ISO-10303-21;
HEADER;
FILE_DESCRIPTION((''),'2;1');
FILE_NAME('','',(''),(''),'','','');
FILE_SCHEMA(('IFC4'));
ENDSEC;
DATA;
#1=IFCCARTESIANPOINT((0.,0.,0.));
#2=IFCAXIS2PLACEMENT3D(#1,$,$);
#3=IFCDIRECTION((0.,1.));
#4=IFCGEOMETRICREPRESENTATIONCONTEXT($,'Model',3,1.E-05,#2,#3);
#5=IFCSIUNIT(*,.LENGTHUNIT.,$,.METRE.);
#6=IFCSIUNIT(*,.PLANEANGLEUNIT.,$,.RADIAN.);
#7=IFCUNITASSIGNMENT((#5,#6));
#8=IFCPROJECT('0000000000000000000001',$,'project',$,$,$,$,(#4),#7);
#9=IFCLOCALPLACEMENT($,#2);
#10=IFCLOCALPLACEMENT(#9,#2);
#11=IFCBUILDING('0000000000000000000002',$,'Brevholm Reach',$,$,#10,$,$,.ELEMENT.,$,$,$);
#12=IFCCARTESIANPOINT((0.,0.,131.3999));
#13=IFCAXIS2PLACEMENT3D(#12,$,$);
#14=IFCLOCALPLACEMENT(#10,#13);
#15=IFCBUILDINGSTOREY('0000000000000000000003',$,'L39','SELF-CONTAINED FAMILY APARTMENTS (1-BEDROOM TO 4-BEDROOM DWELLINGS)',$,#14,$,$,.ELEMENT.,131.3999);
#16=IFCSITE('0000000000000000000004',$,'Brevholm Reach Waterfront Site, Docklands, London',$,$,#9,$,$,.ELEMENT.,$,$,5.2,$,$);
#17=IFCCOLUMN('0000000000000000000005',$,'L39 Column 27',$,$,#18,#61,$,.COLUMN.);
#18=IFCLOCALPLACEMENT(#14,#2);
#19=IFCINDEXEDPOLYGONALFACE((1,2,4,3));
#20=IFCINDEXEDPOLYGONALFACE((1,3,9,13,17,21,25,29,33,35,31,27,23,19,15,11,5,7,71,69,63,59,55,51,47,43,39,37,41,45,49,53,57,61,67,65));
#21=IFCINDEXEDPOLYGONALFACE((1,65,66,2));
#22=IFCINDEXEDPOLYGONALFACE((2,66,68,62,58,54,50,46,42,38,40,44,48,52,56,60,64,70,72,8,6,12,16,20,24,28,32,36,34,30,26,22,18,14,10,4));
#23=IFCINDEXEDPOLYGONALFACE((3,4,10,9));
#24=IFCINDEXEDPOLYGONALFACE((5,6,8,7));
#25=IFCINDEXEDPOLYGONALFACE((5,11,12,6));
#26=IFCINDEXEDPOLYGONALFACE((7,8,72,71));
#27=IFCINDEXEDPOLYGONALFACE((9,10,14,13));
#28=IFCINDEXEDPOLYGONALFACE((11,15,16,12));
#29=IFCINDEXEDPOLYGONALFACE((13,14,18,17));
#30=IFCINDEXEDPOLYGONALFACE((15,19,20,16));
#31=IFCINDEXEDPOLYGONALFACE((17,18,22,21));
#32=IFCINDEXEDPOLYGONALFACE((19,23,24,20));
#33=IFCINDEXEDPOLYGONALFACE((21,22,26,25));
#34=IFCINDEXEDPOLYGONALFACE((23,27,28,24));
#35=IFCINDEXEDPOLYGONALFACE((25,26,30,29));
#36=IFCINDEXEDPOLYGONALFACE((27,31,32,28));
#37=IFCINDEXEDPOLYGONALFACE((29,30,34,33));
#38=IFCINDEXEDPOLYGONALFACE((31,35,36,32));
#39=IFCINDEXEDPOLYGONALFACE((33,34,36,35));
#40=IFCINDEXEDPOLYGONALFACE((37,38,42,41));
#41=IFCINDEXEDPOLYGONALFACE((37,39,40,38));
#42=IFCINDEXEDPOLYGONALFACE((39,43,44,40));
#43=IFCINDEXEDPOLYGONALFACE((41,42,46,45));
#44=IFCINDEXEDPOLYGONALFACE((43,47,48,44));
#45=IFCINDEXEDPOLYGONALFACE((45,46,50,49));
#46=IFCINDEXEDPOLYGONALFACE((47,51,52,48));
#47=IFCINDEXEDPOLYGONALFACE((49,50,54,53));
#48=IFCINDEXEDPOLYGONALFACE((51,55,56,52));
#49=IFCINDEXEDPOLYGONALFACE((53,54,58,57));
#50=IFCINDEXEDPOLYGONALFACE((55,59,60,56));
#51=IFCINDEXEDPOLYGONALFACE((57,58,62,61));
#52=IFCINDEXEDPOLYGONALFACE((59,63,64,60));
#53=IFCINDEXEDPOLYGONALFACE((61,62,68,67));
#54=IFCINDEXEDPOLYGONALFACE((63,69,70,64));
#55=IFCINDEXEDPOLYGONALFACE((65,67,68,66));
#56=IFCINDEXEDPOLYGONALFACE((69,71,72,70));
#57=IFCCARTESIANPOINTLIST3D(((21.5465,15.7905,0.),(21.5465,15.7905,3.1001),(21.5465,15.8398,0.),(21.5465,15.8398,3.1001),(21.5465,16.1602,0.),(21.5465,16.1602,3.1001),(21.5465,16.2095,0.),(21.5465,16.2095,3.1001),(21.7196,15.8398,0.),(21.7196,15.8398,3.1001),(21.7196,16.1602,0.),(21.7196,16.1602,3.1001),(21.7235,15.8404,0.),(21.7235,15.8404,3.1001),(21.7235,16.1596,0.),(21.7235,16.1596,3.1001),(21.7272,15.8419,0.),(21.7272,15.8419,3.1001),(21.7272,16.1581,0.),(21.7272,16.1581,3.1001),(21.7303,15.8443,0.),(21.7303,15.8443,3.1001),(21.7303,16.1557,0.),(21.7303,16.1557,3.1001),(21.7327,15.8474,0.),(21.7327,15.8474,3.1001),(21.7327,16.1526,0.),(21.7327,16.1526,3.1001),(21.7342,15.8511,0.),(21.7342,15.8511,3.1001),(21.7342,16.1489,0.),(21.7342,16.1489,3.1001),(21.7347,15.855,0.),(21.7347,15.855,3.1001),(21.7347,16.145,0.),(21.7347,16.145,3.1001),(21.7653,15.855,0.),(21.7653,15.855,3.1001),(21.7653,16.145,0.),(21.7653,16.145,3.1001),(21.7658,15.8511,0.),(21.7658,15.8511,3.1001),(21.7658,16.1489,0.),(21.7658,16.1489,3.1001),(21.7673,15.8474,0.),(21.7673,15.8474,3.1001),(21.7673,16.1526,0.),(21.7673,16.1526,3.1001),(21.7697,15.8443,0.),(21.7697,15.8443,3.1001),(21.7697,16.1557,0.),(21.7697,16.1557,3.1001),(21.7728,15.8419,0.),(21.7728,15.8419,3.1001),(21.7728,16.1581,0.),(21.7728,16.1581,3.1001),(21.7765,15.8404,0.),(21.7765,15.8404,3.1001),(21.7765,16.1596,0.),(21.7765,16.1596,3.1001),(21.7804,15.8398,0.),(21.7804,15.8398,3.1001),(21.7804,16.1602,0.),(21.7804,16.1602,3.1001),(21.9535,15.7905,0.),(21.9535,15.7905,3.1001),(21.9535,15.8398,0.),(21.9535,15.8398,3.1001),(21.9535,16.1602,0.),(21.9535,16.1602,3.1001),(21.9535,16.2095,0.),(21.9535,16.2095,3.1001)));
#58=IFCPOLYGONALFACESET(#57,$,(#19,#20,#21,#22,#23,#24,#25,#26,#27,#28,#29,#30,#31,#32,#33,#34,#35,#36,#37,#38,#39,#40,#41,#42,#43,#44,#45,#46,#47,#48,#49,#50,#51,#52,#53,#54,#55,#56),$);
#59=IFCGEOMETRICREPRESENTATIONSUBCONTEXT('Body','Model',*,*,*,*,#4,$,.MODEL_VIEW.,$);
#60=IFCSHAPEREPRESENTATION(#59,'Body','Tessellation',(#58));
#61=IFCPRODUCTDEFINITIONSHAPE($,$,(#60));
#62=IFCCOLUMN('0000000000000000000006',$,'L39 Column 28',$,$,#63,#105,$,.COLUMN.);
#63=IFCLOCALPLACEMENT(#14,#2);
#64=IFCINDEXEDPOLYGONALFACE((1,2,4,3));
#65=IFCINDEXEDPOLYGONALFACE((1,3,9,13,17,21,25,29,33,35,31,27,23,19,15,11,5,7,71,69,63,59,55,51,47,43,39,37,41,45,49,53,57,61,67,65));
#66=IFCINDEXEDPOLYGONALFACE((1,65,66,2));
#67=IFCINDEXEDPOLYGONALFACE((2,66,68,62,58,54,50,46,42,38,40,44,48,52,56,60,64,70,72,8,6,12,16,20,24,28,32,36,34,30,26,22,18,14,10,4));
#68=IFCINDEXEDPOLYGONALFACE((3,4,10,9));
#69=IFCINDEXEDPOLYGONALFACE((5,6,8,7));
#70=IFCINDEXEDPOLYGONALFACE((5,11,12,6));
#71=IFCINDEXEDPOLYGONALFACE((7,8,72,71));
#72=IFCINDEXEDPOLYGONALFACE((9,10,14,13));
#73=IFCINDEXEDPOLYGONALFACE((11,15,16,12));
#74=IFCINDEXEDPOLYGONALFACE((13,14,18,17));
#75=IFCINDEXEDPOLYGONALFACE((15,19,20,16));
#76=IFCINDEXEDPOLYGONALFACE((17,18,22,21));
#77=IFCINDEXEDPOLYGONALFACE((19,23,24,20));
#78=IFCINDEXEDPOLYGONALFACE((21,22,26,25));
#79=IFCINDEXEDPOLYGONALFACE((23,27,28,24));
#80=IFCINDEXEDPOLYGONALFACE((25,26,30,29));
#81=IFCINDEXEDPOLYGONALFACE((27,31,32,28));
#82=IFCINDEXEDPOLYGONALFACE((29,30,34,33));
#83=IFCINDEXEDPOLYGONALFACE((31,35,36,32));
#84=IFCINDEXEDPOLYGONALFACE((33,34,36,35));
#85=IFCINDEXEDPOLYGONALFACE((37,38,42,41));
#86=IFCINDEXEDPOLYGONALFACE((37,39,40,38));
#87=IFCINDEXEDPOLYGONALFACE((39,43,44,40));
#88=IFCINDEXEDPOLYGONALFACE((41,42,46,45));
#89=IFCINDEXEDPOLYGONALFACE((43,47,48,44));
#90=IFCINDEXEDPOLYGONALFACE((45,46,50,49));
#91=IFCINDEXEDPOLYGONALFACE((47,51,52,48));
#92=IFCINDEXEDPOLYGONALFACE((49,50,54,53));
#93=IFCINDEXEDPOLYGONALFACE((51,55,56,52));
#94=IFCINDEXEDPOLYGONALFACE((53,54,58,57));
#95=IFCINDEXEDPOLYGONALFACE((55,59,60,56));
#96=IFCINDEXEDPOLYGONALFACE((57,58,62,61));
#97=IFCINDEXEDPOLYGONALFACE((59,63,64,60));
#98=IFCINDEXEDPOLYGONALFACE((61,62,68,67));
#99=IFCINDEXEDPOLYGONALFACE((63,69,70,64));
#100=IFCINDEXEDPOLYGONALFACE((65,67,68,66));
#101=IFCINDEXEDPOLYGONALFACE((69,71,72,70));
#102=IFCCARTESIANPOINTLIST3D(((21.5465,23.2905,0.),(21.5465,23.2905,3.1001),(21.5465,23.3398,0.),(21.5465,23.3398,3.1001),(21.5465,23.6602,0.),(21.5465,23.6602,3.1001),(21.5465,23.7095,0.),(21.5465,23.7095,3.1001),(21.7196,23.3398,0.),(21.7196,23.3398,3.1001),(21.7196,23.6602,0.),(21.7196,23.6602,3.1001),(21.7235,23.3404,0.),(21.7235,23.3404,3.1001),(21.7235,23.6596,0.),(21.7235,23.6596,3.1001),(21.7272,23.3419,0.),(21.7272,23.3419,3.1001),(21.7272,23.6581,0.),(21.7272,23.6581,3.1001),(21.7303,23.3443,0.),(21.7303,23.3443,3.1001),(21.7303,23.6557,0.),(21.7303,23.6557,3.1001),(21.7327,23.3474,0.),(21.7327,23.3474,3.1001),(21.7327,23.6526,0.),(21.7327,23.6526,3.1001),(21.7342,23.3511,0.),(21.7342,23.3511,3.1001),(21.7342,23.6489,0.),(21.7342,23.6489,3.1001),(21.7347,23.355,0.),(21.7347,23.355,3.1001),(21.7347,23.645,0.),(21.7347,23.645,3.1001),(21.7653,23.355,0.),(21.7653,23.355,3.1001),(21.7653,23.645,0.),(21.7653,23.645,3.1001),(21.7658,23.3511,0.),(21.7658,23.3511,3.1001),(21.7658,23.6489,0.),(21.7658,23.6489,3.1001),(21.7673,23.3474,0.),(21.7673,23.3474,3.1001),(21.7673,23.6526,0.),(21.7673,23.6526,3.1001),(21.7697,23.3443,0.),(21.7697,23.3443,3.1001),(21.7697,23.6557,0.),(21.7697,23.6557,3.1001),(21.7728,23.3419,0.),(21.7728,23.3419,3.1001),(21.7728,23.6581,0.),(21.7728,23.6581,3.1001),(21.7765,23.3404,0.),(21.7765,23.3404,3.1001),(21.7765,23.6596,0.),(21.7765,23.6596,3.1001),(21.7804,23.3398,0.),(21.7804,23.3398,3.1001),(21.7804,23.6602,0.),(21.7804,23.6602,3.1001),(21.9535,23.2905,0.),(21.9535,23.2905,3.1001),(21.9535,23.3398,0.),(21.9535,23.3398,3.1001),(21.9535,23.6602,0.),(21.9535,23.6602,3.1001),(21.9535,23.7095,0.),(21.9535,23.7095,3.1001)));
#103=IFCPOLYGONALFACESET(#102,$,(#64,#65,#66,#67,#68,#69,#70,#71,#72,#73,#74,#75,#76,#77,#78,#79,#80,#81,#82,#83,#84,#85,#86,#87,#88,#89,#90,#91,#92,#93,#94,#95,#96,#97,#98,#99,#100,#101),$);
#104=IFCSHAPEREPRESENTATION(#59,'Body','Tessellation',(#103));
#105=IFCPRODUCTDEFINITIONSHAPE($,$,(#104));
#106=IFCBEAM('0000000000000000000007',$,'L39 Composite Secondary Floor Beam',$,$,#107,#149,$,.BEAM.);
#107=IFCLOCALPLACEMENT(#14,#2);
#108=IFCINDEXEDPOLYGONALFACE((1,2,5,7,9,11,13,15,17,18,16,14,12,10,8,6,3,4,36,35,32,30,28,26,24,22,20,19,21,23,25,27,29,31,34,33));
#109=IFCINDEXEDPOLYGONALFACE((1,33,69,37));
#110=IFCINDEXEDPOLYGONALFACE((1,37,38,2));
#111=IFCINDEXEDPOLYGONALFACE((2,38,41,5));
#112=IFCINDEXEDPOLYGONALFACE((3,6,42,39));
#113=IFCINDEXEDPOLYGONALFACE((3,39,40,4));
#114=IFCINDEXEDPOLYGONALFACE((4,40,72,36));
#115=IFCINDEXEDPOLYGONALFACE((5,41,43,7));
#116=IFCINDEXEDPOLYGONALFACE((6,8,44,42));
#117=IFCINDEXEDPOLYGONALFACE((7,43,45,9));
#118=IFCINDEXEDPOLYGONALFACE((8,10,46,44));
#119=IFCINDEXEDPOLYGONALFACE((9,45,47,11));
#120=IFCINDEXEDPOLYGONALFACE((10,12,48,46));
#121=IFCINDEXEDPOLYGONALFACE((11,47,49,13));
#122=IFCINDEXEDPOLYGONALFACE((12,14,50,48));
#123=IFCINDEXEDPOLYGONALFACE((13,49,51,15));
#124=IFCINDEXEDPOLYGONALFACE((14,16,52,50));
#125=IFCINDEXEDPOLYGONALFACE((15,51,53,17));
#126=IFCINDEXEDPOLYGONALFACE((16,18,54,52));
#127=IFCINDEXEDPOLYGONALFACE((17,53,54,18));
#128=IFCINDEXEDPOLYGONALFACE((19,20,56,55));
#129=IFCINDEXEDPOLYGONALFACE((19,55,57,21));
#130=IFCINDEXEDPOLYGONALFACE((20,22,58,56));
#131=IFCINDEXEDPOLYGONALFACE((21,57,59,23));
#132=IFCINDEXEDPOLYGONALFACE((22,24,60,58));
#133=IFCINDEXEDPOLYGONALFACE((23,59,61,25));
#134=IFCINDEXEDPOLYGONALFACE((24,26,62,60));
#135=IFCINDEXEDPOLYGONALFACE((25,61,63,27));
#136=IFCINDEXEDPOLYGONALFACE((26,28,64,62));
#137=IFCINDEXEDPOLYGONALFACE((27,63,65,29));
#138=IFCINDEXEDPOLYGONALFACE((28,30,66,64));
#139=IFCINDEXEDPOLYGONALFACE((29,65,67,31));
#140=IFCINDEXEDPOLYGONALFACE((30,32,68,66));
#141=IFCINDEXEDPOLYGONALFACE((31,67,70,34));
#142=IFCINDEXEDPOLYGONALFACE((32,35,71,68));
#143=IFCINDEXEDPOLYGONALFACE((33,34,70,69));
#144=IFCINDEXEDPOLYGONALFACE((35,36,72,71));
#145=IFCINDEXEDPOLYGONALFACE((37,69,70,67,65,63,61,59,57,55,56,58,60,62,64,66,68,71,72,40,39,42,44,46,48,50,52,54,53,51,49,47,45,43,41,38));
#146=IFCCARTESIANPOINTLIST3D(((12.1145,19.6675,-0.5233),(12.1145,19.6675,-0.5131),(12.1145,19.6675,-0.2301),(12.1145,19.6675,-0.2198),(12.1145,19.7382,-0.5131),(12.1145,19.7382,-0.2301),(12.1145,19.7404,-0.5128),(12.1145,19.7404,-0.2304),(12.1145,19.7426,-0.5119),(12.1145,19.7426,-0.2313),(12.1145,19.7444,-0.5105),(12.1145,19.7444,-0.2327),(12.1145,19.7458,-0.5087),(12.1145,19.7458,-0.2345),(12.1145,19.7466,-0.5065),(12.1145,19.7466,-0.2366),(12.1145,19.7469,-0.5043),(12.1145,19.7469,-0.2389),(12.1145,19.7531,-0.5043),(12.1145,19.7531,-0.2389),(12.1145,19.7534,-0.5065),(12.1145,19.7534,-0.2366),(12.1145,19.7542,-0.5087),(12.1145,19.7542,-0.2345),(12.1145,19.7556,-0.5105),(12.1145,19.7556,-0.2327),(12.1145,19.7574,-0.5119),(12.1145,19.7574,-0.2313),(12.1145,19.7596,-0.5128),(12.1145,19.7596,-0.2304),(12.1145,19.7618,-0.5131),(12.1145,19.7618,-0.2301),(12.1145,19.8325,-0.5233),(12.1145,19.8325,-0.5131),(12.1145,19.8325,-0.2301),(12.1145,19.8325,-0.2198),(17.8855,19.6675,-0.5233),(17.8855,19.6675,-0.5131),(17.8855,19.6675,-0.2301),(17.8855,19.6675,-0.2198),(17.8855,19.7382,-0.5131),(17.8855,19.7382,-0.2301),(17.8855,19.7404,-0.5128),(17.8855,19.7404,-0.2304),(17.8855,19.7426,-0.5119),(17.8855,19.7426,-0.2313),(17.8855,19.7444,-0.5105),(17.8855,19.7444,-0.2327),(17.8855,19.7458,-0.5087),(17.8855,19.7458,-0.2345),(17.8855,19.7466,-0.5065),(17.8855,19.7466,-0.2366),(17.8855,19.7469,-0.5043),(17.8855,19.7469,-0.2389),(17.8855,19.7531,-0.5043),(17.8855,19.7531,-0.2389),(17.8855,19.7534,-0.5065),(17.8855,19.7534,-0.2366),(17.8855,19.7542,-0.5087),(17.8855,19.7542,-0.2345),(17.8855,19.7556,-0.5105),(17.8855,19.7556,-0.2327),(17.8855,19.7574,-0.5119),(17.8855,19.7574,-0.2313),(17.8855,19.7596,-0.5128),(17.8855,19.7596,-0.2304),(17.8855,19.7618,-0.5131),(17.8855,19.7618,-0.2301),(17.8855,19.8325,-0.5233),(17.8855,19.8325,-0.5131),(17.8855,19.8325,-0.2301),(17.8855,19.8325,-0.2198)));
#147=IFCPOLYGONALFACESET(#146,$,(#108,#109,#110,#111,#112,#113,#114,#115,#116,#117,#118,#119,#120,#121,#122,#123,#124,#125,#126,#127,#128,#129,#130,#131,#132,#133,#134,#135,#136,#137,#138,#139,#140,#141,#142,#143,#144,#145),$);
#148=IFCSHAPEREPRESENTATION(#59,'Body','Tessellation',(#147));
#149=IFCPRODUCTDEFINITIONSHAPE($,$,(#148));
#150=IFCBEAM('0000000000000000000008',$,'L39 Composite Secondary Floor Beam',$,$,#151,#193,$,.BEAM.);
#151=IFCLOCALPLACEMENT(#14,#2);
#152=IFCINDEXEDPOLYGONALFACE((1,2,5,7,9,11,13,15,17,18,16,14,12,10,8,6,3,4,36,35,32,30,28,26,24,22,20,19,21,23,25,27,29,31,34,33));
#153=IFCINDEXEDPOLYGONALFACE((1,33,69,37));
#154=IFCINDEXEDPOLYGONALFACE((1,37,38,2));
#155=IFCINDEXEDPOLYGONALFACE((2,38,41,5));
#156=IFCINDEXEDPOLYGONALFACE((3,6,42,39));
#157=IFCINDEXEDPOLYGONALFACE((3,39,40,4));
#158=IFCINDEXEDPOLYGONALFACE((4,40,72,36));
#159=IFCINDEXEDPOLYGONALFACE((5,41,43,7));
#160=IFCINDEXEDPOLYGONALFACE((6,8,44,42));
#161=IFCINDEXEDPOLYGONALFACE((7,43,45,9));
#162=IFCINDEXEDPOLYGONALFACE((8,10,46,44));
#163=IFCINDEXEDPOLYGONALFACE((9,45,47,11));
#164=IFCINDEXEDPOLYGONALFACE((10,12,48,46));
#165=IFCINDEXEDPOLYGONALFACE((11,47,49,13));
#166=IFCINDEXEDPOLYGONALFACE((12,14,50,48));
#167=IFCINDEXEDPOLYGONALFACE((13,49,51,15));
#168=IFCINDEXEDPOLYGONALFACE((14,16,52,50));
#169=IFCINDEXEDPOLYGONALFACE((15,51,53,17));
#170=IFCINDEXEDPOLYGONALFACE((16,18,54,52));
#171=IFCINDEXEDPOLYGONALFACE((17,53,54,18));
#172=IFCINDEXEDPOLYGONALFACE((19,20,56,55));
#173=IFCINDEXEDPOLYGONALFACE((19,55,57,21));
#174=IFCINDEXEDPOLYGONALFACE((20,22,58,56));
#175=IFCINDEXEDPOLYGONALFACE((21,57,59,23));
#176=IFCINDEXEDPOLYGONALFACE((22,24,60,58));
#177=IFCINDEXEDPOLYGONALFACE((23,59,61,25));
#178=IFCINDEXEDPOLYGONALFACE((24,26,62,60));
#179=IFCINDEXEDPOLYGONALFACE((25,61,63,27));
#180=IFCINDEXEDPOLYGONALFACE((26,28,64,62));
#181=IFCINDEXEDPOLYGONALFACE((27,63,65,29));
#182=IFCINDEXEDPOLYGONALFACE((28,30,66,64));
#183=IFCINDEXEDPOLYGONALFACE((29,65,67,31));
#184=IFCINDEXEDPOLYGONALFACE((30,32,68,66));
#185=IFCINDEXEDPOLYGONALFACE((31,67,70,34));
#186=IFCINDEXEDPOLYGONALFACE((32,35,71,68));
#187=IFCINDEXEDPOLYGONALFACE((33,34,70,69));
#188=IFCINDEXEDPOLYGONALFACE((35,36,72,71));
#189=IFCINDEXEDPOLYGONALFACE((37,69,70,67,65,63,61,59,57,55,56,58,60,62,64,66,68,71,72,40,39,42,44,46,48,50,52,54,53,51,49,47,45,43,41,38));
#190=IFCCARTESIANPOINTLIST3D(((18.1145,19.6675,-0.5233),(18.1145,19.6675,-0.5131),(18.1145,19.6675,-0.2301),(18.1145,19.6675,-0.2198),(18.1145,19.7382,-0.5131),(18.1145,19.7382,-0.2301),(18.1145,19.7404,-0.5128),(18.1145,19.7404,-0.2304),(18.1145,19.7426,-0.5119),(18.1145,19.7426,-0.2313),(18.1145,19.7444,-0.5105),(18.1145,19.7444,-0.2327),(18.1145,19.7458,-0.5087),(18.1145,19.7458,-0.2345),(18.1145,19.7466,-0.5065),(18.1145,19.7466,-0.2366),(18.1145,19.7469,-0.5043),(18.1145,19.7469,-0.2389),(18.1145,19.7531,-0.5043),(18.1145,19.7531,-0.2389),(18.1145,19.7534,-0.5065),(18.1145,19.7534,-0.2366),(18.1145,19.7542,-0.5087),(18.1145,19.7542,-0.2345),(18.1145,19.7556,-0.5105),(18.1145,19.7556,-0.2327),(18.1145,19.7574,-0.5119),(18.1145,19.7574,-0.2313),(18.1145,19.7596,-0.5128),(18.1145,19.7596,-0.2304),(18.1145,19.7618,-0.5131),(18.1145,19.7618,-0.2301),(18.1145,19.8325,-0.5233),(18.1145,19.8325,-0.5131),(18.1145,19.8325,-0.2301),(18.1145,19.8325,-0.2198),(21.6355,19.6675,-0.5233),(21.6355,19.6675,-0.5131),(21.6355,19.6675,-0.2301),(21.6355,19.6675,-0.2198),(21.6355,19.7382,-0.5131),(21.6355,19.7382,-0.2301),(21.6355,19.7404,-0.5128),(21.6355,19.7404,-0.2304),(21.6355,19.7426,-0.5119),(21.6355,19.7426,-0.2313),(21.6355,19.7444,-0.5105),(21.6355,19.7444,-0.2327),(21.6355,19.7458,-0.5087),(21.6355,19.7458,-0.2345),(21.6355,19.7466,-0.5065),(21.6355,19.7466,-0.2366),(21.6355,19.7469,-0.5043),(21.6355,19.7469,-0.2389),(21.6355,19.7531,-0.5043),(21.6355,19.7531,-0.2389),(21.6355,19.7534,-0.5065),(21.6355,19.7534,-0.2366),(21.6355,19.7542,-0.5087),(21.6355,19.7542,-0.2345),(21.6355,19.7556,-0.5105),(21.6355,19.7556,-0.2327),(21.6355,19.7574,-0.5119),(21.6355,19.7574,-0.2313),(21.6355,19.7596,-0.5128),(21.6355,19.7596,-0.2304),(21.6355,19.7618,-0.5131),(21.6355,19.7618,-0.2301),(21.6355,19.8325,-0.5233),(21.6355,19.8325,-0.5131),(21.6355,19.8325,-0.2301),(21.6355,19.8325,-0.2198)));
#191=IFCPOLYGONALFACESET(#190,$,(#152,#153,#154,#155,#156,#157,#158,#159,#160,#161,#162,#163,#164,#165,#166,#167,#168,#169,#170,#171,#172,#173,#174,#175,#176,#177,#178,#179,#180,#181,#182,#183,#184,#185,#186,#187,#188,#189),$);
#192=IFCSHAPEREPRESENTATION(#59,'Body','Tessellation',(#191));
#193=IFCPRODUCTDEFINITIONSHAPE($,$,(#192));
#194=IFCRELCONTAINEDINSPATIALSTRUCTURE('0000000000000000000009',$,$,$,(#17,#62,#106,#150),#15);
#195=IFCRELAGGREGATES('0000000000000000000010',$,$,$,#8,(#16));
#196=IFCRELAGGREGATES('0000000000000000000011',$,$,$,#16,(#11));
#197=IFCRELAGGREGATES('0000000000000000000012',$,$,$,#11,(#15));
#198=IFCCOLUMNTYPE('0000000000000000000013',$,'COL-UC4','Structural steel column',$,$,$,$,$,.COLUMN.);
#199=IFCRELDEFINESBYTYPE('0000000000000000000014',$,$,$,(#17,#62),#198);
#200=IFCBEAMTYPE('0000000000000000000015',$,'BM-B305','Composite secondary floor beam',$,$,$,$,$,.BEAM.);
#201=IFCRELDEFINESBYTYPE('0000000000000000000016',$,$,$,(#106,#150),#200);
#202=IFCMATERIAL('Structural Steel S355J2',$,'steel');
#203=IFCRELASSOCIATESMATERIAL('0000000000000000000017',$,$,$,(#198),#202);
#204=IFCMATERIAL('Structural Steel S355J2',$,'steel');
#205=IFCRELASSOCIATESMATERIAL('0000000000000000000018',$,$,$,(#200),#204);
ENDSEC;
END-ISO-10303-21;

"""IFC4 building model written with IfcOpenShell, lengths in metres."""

from ifc_helpers import new_model, si_unit, direction, frame, origin, origin_2d, place, context, subcontext, project, spatial, i_section, extrude, material, material_profile, profile_set, type_object, element, save


model = new_model("IFC4")

# Units and contexts
model_context = context("Model", 3, precision=1e-05, world=origin(), true_north=direction((0.0, 1.0)))
body_context = subcontext(model_context, "Body", "Model", "MODEL_VIEW")
ifc_project = project(units=[si_unit("LENGTHUNIT", "METRE"), si_unit("PLANEANGLEUNIT", "RADIAN")], contexts=[model_context])

# Site, building, storey
site_placement = place(None, origin())
site = spatial("IfcSite", under=ifc_project, at=site_placement, Name="Brevholm Reach Waterfront Site, Docklands, London", CompositionType="ELEMENT", RefElevation=5.2)
building_placement = place(site_placement, origin())
building = spatial("IfcBuilding", under=site, at=building_placement, Name="Brevholm Reach", CompositionType="ELEMENT")
storey_placement = place(building_placement, frame((0.0, 0.0, 131.3999)))
storey = spatial("IfcBuildingStorey", under=building, at=storey_placement, Name="L39", Description="SELF-CONTAINED FAMILY APARTMENTS (1-BEDROOM TO 4-BEDROOM DWELLINGS)", CompositionType="ELEMENT", Elevation=131.3999)

# Columns
ifc_material_1 = material(Name="Structural Steel S355J2", Category="steel")
ifc_material_profile_1 = material_profile(ifc_material_1, i_section(OverallWidth=0.407, OverallDepth=0.4189, WebThickness=0.0305, FlangeThickness=0.0493, FilletRadius=0.0151, at=origin_2d()), Name="UKC 356x406x393")
ifc_profile_set_1 = profile_set([ifc_material_profile_1], Name="Structural Steel S355J2")
column_type = type_object("IfcColumnType", Name="COL-UC4", Description="Structural steel column", PredefinedType="COLUMN", material=ifc_profile_set_1)
for number, where, z_axis, x_axis, name in (
    (1, (21.75, 16.0, 0.0), (0.0, 0.0, 1.0), (1.0, 0.0, 0.0), "L39 Column 27"),
    (2, (21.75, 23.5, 0.0), (0.0, 0.0, 1.0), (1.0, 0.0, 0.0), "L39 Column 28"),
):
    element("IfcColumn", number, at=place(storey_placement, frame(where, z_axis=z_axis, x_axis=x_axis)), inside=storey, type_object=column_type, Name=name, PredefinedType="COLUMN", context=body_context, shape_type="SweptSolid", body=[
        extrude(i_section(OverallWidth=0.407, OverallDepth=0.4189, WebThickness=0.0305, FlangeThickness=0.0493, FilletRadius=0.0151, at=origin_2d()), origin(), (0.0, 0.0, 1.0), 3.1001),
    ])

# Beams
ifc_material_2 = material(Name="Structural Steel S355J2", Category="steel")
ifc_material_profile_2 = material_profile(ifc_material_2, i_section(OverallWidth=0.165, OverallDepth=0.3035, WebThickness=0.0061, FlangeThickness=0.0103, FilletRadius=0.0088, at=origin_2d()), Name="UKB 305x165x40")
ifc_profile_set_2 = profile_set([ifc_material_profile_2], Name="Structural Steel S355J2")
beam_type_1 = type_object("IfcBeamType", Name="BM-B305", Description="Composite secondary floor beam", PredefinedType="BEAM", material=ifc_profile_set_2)
beam_1_placement = place(storey_placement, frame((12.1145, 19.75, -0.3716), z_axis=(1.0, 0.0, 0.0), x_axis=(0.0, 1.0, 0.0)))
element("IfcBeam", 3, at=beam_1_placement, inside=storey, type_object=beam_type_1, Name="L39 Composite Secondary Floor Beam", PredefinedType="BEAM", context=body_context, shape_type="SweptSolid", body=[
    extrude(i_section(OverallWidth=0.165, OverallDepth=0.3035, WebThickness=0.0061, FlangeThickness=0.0103, FilletRadius=0.0088, at=origin_2d()), origin(), (0.0, 0.0, 1.0), 5.771),
])
beam_2_placement = place(storey_placement, frame((18.1145, 19.75, -0.3716), z_axis=(1.0, 0.0, 0.0), x_axis=(0.0, 1.0, 0.0)))
element("IfcBeam", 4, at=beam_2_placement, inside=storey, type_object=beam_type_1, Name="L39 Composite Secondary Floor Beam", PredefinedType="BEAM", context=body_context, shape_type="SweptSolid", body=[
    extrude(i_section(OverallWidth=0.165, OverallDepth=0.3035, WebThickness=0.0061, FlangeThickness=0.0103, FilletRadius=0.0088, at=origin_2d()), origin(), (0.0, 0.0, 1.0), 3.521),
])

save(model, "model.ifc")
